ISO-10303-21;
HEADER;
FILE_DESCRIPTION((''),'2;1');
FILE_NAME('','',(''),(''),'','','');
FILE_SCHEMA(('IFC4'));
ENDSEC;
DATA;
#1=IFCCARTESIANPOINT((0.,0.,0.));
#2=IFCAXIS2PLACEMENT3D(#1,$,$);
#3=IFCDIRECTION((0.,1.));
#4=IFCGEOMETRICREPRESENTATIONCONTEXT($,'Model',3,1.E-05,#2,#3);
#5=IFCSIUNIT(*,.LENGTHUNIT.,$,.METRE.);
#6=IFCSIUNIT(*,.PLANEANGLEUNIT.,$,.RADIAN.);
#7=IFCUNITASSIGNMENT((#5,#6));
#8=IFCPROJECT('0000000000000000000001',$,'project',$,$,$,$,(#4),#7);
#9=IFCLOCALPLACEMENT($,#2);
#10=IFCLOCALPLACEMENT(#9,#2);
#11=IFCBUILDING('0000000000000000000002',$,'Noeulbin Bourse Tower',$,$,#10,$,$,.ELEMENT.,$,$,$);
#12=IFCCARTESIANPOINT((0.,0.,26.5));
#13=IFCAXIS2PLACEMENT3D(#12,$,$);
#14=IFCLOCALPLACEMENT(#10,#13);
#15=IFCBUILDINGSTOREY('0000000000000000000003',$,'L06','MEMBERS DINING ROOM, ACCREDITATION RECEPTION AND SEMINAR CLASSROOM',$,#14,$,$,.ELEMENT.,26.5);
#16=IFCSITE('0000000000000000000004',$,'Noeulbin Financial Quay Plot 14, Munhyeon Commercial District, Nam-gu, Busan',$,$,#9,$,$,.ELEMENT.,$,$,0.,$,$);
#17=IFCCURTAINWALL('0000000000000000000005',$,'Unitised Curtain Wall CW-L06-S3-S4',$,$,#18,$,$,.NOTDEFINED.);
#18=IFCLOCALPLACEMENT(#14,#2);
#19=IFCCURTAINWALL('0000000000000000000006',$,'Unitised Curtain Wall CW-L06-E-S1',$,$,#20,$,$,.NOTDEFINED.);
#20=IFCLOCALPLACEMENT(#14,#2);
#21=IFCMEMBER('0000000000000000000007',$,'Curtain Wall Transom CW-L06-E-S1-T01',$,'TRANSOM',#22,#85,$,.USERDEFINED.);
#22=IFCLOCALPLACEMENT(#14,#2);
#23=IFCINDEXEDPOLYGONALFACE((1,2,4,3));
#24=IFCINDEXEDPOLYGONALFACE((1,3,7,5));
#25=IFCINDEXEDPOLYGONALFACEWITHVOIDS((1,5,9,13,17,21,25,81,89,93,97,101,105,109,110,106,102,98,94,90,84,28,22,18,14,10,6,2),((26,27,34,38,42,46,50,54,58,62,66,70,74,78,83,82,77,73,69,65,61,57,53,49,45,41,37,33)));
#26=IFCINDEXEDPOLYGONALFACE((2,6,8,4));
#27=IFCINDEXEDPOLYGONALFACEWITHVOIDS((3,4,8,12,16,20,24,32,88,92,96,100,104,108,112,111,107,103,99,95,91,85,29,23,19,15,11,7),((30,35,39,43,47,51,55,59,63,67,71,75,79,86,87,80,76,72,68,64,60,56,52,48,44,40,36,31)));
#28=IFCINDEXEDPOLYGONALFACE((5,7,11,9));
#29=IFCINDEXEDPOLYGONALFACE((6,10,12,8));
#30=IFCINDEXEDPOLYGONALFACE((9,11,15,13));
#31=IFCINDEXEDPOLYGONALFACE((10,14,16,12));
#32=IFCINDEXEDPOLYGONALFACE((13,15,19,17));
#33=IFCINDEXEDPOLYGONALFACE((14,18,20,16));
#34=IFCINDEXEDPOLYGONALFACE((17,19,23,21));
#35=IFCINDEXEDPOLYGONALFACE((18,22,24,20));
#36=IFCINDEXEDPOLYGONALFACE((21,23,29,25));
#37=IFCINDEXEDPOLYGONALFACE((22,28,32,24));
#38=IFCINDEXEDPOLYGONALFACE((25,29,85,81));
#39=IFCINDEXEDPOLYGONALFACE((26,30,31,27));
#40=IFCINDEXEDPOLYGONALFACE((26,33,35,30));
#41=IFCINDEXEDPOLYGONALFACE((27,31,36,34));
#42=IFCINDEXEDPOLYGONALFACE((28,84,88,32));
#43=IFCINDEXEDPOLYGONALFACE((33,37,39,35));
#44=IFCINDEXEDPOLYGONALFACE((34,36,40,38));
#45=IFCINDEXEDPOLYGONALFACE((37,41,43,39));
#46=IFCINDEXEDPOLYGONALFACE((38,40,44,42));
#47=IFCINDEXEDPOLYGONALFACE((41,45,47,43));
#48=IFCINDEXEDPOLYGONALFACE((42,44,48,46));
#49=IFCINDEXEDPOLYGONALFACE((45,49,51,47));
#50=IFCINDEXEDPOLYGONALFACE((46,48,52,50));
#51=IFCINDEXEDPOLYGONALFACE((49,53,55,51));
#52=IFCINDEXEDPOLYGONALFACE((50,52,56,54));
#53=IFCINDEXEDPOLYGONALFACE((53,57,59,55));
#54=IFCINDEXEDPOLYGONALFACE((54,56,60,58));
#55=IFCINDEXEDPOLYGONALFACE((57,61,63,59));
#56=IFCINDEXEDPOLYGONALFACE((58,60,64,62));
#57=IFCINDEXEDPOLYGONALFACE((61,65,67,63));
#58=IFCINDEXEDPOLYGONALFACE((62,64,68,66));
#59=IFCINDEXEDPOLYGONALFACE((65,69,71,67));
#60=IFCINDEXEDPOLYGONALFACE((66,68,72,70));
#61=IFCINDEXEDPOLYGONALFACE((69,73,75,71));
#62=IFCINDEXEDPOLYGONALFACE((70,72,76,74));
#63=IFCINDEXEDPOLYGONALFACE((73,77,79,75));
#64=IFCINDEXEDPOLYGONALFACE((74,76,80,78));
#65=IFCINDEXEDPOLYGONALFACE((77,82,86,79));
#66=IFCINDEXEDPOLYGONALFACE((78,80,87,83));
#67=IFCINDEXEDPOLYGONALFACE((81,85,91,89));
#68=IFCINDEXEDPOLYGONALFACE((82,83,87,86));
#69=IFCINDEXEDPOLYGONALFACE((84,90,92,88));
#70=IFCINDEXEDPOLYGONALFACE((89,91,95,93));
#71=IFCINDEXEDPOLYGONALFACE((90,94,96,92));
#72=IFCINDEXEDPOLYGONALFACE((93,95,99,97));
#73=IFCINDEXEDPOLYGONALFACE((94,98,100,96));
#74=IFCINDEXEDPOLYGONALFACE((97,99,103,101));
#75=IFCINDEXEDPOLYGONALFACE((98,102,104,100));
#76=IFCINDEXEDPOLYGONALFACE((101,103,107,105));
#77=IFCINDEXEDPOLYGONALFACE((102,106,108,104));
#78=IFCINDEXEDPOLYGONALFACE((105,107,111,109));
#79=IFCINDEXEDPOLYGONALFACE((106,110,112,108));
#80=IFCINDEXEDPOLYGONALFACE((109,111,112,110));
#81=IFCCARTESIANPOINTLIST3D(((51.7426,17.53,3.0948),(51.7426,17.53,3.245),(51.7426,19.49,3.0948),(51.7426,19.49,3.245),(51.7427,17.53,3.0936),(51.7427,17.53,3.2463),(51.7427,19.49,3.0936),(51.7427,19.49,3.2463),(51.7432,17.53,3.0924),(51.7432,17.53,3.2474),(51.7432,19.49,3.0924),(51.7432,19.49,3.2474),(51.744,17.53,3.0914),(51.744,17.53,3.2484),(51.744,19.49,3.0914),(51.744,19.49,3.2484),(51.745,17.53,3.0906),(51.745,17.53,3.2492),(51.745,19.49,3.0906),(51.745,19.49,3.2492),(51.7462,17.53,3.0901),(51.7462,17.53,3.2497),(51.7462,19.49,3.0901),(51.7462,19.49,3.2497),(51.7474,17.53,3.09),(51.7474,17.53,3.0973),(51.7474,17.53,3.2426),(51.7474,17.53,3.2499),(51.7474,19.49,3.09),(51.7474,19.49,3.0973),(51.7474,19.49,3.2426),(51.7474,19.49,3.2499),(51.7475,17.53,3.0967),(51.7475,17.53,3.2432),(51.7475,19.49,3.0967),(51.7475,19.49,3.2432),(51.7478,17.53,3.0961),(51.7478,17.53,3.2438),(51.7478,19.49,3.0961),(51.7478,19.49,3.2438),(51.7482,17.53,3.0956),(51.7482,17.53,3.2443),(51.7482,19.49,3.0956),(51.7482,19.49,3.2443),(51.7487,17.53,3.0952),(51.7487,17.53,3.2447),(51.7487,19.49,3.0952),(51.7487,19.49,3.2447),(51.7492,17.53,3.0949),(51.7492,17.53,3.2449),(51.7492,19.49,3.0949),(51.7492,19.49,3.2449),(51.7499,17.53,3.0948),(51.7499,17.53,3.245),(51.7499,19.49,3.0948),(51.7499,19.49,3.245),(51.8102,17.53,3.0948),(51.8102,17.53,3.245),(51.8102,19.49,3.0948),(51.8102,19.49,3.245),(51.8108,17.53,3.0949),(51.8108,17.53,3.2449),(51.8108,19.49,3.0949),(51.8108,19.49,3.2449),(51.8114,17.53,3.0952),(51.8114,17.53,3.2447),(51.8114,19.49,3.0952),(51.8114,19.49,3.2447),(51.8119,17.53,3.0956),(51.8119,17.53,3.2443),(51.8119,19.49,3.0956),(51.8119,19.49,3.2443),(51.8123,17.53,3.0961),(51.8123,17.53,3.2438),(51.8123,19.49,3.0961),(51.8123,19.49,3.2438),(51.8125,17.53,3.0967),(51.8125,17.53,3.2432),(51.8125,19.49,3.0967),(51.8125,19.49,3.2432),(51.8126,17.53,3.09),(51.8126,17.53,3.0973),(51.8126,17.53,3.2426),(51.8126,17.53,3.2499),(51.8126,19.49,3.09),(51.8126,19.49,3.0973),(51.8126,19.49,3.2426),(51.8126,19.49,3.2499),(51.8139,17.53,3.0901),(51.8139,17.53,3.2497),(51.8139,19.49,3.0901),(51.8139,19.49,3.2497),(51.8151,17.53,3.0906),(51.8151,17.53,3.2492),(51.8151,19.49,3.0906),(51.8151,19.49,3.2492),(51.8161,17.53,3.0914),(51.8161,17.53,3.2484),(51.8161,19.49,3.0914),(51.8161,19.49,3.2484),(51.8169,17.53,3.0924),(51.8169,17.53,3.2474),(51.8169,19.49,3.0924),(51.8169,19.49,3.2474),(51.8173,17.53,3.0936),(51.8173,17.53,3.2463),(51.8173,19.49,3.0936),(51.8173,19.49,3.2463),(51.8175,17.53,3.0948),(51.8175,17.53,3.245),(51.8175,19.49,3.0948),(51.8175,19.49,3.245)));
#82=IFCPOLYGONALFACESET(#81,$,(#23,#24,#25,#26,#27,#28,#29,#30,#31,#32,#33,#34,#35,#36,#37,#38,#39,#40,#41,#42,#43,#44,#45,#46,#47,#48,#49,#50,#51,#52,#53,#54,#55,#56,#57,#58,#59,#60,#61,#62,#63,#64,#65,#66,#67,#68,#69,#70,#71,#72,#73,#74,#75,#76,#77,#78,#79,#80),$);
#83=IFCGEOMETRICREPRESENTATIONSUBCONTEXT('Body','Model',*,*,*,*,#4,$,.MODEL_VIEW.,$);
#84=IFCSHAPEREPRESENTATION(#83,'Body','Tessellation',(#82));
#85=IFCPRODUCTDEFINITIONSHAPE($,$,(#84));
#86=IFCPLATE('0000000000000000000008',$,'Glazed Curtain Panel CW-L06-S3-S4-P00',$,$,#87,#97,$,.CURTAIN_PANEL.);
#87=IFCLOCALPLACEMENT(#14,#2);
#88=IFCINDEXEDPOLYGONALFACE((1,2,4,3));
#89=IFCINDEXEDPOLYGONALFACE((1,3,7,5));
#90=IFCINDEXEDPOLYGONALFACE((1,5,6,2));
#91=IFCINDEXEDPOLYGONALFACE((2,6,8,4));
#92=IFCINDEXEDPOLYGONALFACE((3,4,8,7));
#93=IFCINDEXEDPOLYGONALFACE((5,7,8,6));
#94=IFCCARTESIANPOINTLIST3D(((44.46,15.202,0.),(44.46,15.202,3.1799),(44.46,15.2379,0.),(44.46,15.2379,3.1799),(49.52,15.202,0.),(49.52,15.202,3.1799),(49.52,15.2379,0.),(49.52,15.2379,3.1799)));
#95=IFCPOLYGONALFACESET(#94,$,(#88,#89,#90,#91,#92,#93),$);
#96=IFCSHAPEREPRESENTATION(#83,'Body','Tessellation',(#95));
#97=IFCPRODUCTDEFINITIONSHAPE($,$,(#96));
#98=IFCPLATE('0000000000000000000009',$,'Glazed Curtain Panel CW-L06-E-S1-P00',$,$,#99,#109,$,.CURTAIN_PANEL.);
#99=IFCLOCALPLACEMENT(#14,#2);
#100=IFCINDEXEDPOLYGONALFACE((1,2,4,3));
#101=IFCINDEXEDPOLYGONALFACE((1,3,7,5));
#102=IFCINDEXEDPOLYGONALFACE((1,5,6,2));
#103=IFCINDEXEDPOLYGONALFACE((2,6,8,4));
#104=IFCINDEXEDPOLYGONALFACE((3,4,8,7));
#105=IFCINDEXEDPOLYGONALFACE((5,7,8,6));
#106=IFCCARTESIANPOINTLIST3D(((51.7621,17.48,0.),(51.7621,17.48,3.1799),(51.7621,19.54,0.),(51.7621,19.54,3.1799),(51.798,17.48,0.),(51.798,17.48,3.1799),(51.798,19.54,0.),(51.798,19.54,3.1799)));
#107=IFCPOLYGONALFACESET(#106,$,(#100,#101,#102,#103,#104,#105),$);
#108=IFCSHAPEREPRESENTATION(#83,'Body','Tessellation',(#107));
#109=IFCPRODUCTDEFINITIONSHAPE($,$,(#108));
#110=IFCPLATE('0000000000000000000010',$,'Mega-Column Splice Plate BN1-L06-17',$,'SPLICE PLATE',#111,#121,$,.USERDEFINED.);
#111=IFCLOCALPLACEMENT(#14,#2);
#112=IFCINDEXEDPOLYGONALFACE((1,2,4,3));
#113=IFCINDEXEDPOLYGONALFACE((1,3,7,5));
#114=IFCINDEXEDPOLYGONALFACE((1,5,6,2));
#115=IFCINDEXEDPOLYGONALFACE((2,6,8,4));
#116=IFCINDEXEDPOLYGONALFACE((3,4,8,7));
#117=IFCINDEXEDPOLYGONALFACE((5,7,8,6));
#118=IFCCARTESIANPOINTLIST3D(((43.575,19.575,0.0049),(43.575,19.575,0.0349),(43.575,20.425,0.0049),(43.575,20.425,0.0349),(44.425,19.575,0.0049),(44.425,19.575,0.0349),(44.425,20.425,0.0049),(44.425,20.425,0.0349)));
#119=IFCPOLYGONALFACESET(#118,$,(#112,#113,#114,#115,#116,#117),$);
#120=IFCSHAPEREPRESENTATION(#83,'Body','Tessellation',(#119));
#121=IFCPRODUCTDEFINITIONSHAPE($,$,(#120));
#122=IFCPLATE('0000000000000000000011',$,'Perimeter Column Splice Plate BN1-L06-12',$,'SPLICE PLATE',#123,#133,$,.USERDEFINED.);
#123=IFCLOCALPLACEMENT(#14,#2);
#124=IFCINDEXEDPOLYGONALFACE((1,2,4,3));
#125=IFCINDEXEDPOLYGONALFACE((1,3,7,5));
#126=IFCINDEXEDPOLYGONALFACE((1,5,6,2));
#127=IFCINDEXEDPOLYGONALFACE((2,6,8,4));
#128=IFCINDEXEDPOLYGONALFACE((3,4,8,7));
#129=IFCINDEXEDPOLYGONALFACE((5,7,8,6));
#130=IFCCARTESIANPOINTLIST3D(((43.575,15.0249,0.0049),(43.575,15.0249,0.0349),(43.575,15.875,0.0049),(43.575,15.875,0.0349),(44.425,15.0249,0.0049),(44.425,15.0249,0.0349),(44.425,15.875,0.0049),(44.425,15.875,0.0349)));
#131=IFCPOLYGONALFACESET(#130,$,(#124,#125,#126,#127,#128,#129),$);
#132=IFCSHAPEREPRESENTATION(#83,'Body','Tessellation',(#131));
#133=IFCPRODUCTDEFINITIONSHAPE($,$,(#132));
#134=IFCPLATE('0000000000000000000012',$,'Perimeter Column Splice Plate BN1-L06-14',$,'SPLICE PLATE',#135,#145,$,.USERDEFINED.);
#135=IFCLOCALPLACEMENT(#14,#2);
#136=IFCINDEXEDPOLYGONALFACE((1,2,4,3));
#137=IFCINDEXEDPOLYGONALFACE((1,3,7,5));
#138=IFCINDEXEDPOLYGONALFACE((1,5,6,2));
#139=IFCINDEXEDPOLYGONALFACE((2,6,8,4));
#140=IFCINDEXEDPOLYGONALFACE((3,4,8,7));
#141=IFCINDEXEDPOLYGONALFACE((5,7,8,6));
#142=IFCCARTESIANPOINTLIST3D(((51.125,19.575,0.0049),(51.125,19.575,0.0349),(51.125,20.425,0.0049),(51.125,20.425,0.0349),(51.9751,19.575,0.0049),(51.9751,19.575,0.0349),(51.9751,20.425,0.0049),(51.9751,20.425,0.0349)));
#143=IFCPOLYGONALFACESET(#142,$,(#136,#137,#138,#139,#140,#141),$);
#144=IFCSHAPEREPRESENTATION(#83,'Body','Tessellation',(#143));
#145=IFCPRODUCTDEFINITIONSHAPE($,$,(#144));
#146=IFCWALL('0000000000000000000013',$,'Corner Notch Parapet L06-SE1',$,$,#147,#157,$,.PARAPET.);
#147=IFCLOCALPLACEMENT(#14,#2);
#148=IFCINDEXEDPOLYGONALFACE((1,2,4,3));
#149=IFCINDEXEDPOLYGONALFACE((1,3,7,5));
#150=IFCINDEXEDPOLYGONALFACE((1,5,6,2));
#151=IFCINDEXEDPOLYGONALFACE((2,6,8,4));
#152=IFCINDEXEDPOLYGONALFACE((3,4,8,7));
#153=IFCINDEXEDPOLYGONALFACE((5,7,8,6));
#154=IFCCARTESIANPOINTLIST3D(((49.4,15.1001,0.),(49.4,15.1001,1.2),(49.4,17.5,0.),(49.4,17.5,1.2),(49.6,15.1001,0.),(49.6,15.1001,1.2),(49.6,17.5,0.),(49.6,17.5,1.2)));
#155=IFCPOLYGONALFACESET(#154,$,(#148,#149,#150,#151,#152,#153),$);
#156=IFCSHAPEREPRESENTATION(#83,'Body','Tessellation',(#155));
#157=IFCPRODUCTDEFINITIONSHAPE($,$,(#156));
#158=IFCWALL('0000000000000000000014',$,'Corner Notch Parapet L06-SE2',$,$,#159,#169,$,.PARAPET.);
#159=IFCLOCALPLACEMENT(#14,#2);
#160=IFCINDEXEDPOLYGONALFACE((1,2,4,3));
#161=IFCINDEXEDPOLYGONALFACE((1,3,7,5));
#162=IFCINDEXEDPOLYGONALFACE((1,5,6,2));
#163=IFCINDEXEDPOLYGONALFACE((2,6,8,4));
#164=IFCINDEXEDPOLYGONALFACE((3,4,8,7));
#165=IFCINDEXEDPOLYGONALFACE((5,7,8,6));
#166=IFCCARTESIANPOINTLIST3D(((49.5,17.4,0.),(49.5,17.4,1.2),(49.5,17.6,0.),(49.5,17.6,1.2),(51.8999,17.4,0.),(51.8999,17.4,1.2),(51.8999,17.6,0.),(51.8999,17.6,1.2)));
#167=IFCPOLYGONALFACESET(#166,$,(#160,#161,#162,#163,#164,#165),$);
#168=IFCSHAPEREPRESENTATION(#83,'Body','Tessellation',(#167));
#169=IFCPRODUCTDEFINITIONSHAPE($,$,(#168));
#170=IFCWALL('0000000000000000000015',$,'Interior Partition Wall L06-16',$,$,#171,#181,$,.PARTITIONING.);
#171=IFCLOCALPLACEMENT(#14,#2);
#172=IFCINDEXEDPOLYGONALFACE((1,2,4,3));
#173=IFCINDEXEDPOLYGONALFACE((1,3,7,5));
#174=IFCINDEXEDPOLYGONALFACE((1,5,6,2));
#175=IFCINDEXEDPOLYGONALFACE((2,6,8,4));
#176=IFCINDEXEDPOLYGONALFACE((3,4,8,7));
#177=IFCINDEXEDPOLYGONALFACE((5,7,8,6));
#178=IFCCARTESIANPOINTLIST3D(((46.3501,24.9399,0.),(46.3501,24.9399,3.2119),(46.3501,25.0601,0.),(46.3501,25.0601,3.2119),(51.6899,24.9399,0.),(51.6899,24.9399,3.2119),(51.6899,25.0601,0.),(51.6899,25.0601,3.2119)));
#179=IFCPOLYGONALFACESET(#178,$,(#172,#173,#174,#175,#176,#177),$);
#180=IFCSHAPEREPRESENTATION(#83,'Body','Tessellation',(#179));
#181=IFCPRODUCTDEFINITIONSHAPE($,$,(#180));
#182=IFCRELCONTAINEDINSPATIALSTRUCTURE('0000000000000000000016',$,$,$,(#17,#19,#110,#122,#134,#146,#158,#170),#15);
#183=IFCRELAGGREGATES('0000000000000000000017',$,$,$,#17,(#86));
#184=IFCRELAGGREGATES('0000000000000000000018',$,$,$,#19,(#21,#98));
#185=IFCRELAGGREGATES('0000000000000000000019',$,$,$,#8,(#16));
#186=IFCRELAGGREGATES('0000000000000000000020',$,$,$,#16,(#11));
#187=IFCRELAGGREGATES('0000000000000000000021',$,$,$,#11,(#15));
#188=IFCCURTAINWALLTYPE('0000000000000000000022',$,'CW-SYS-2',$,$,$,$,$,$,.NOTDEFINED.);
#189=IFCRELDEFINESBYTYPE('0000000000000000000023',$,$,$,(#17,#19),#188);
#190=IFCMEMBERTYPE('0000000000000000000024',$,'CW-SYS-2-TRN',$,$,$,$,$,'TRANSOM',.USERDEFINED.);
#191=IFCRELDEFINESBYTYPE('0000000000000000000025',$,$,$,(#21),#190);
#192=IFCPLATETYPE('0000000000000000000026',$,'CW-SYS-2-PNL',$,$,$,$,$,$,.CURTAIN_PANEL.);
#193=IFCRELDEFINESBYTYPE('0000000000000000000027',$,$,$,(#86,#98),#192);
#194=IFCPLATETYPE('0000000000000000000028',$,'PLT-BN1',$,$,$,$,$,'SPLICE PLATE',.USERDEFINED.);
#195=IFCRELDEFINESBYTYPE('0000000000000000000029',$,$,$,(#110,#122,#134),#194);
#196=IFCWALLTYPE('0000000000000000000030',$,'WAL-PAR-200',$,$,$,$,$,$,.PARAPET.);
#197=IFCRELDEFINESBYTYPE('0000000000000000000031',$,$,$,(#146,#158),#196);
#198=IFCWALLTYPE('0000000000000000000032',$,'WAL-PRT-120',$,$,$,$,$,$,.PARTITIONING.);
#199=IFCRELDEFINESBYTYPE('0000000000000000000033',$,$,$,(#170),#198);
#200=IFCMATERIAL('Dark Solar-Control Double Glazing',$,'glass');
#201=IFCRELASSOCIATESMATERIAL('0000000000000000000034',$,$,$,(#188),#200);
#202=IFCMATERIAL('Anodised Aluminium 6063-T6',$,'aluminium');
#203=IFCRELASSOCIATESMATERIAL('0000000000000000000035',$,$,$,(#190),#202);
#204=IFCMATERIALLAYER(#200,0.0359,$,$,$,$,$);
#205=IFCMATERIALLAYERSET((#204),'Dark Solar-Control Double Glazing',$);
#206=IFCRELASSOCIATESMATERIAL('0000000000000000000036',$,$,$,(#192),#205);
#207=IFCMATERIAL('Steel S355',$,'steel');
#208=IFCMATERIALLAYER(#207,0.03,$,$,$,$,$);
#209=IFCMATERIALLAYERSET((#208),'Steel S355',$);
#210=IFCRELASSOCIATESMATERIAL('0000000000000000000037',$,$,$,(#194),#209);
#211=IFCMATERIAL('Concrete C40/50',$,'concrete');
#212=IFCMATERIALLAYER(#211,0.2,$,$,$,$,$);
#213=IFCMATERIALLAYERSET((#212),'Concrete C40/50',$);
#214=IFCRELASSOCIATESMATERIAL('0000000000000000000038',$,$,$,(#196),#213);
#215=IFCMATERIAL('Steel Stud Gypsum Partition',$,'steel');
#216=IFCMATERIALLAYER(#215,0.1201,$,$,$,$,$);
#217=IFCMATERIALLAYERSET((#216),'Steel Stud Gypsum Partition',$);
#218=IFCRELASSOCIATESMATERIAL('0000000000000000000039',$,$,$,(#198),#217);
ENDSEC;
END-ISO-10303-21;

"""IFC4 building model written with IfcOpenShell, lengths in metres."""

from ifc_helpers import new_model, si_unit, direction, frame, frame_2d, origin, origin_2d, place, context, subcontext, project, spatial, rectangle, hollow_rectangle, extrude, material, layer, layer_set, material_profile, profile_set, type_object, element, aggregate, save


model = new_model("IFC4")

# Units and contexts
model_context = context("Model", 3, precision=1e-05, world=origin(), true_north=direction((0.0, 1.0)))
body_context = subcontext(model_context, "Body", "Model", "MODEL_VIEW")
ifc_project = project(units=[si_unit("LENGTHUNIT", "METRE"), si_unit("PLANEANGLEUNIT", "RADIAN")], contexts=[model_context])

# Site, building, storey
site_placement = place(None, origin())
site = spatial("IfcSite", under=ifc_project, at=site_placement, Name="Noeulbin Financial Quay Plot 14, Munhyeon Commercial District, Nam-gu, Busan", CompositionType="ELEMENT", RefElevation=0.0)
building_placement = place(site_placement, origin())
building = spatial("IfcBuilding", under=site, at=building_placement, Name="Noeulbin Bourse Tower", CompositionType="ELEMENT")
storey_placement = place(building_placement, frame((0.0, 0.0, 26.5)))
storey = spatial("IfcBuildingStorey", under=building, at=storey_placement, Name="L06", Description="MEMBERS DINING ROOM, ACCREDITATION RECEPTION AND SEMINAR CLASSROOM", CompositionType="ELEMENT", Elevation=26.5)

# Shared definitions
ifc_material_1 = material(Name="Steel S355", Category="steel")

# Shared definitions
ifc_material_2 = material(Name="Dark Solar-Control Double Glazing", Category="glass")
curtain_wall_type = type_object("IfcCurtainWallType", Name="CW-SYS-2", PredefinedType="NOTDEFINED", material=ifc_material_2)
ifc_material_3 = material(Name="Anodised Aluminium 6063-T6", Category="aluminium")

# Curtain walls
curtain_wall_1_placement = place(storey_placement, origin())
curtain_wall_1 = element("IfcCurtainWall", 1, at=curtain_wall_1_placement, inside=storey, type_object=curtain_wall_type, Name="Unitised Curtain Wall CW-L06-S3-S4", PredefinedType="NOTDEFINED")
curtain_wall_2_placement = place(storey_placement, origin())
curtain_wall_2 = element("IfcCurtainWall", 2, at=curtain_wall_2_placement, inside=storey, type_object=curtain_wall_type, Name="Unitised Curtain Wall CW-L06-E-S1", PredefinedType="NOTDEFINED")

# Member
ifc_material_profile_1 = material_profile(ifc_material_3, hollow_rectangle(XDim=0.075, YDim=0.1599, WallThickness=0.0049, InnerFilletRadius=0.0024, OuterFilletRadius=0.0049, at=origin_2d()), Name="ALU-TRAN-75x160x5", Category="LoadBearing")
ifc_profile_set_1 = profile_set([ifc_material_profile_1], Name="Anodised Aluminium 6063-T6")
member_type_1 = type_object("IfcMemberType", Name="CW-SYS-2-TRN", ElementType="TRANSOM", PredefinedType="USERDEFINED", material=ifc_profile_set_1)
member_1_placement = place(storey_placement, frame((51.78, 17.53, 3.1699), z_axis=(0.0, 1.0, 0.0), x_axis=(-1.0, 0.0, 0.0)))
member_1 = element("IfcMember", 3, at=member_1_placement, type_object=member_type_1, Name="Curtain Wall Transom CW-L06-E-S1-T01", ObjectType="TRANSOM", PredefinedType="USERDEFINED", context=body_context, shape_type="SweptSolid", body=[
    extrude(hollow_rectangle(XDim=0.075, YDim=0.1599, WallThickness=0.0049, InnerFilletRadius=0.0024, OuterFilletRadius=0.0049, at=origin_2d()), origin(), (0.0, 0.0, 1.0), 1.96),
])

# Plates
ifc_layer_1 = layer(ifc_material_2, 0.0359)
ifc_layer_set_1 = layer_set([ifc_layer_1], Name="Dark Solar-Control Double Glazing")
plate_type_1 = type_object("IfcPlateType", Name="CW-SYS-2-PNL", PredefinedType="CURTAIN_PANEL", material=ifc_layer_set_1)
plate_1_placement = place(storey_placement, frame((46.99, 15.22, 0.0), z_axis=(0.0, 0.0, 1.0), x_axis=(1.0, 0.0, 0.0)))
plate_1 = element("IfcPlate", 4, at=plate_1_placement, type_object=plate_type_1, Name="Glazed Curtain Panel CW-L06-S3-S4-P00", PredefinedType="CURTAIN_PANEL", context=body_context, shape_type="SweptSolid", body=[
    extrude(rectangle(XDim=5.0601, YDim=0.0359, at=origin_2d()), origin(), (0.0, 0.0, 1.0), 3.1799),
])
aggregate(curtain_wall_1, [plate_1])
plate_2_placement = place(storey_placement, frame((51.78, 18.51, 0.0), z_axis=(0.0, 0.0, 1.0), x_axis=(0.0, 1.0, 0.0)))
plate_2 = element("IfcPlate", 5, at=plate_2_placement, type_object=plate_type_1, Name="Glazed Curtain Panel CW-L06-E-S1-P00", PredefinedType="CURTAIN_PANEL", context=body_context, shape_type="SweptSolid", body=[
    extrude(rectangle(XDim=2.0601, YDim=0.0359, at=origin_2d()), origin(), (0.0, 0.0, 1.0), 3.1799),
])
aggregate(curtain_wall_2, [member_1, plate_2])

# Plates
ifc_layer_2 = layer(ifc_material_1, 0.03)
ifc_layer_set_2 = layer_set([ifc_layer_2], Name="Steel S355")
plate_type_2 = type_object("IfcPlateType", Name="PLT-BN1", ElementType="SPLICE PLATE", PredefinedType="USERDEFINED", material=ifc_layer_set_2)
for number, where, z_axis, x_axis, name in (
    (6, (44.0, 20.0, 0.0049), (0.0, 0.0, 1.0), (1.0, 0.0, 0.0), "Mega-Column Splice Plate BN1-L06-17"),
    (7, (44.0, 15.45, 0.0049), (0.0, 0.0, 1.0), (1.0, 0.0, 0.0), "Perimeter Column Splice Plate BN1-L06-12"),
    (8, (51.55, 20.0, 0.0049), (0.0, 0.0, 1.0), (1.0, 0.0, 0.0), "Perimeter Column Splice Plate BN1-L06-14"),
):
    element("IfcPlate", number, at=place(storey_placement, frame(where, z_axis=z_axis, x_axis=x_axis)), inside=storey, type_object=plate_type_2, Name=name, ObjectType="SPLICE PLATE", PredefinedType="USERDEFINED", context=body_context, shape_type="SweptSolid", body=[
        extrude(rectangle(XDim=0.8501, YDim=0.8501, at=origin_2d()), origin(), (0.0, 0.0, 1.0), 0.03),
    ])

# Walls
ifc_material_4 = material(Name="Concrete C40/50", Category="concrete")
ifc_layer_3 = layer(ifc_material_4, 0.2)
ifc_layer_set_3 = layer_set([ifc_layer_3], Name="Concrete C40/50")
wall_type_1 = type_object("IfcWallType", Name="WAL-PAR-200", PredefinedType="PARAPET", material=ifc_layer_set_3)
for number, where, z_axis, x_axis, name in (
    (9, (49.5, 15.1001, 0.0), (0.0, 0.0, 1.0), (0.0, 1.0, 0.0), "Corner Notch Parapet L06-SE1"),
    (10, (49.5, 17.5, 0.0), (0.0, 0.0, 1.0), (1.0, 0.0, 0.0), "Corner Notch Parapet L06-SE2"),
):
    element("IfcWall", number, at=place(storey_placement, frame(where, z_axis=z_axis, x_axis=x_axis)), inside=storey, type_object=wall_type_1, Name=name, PredefinedType="PARAPET", context=body_context, shape_type="SweptSolid", body=[
        extrude(rectangle(XDim=2.3999, YDim=0.2, at=frame_2d((1.2, 0.0))), origin(), (0.0, 0.0, 1.0), 1.2),
    ])
ifc_material_5 = material(Name="Steel Stud Gypsum Partition", Category="steel")
ifc_layer_4 = layer(ifc_material_5, 0.1201)
ifc_layer_set_4 = layer_set([ifc_layer_4], Name="Steel Stud Gypsum Partition")
wall_type_2 = type_object("IfcWallType", Name="WAL-PRT-120", PredefinedType="PARTITIONING", material=ifc_layer_set_4)
wall_1_placement = place(storey_placement, frame((46.3501, 25.0, 0.0), z_axis=(0.0, 0.0, 1.0), x_axis=(1.0, 0.0, 0.0)))
element("IfcWall", 11, at=wall_1_placement, inside=storey, type_object=wall_type_2, Name="Interior Partition Wall L06-16", PredefinedType="PARTITIONING", context=body_context, shape_type="SweptSolid", body=[
    extrude(rectangle(XDim=5.3398, YDim=0.1201, at=frame_2d((2.6699, 0.0))), origin(), (0.0, 0.0, 1.0), 3.2119),
])

save(model, "model.ifc")
